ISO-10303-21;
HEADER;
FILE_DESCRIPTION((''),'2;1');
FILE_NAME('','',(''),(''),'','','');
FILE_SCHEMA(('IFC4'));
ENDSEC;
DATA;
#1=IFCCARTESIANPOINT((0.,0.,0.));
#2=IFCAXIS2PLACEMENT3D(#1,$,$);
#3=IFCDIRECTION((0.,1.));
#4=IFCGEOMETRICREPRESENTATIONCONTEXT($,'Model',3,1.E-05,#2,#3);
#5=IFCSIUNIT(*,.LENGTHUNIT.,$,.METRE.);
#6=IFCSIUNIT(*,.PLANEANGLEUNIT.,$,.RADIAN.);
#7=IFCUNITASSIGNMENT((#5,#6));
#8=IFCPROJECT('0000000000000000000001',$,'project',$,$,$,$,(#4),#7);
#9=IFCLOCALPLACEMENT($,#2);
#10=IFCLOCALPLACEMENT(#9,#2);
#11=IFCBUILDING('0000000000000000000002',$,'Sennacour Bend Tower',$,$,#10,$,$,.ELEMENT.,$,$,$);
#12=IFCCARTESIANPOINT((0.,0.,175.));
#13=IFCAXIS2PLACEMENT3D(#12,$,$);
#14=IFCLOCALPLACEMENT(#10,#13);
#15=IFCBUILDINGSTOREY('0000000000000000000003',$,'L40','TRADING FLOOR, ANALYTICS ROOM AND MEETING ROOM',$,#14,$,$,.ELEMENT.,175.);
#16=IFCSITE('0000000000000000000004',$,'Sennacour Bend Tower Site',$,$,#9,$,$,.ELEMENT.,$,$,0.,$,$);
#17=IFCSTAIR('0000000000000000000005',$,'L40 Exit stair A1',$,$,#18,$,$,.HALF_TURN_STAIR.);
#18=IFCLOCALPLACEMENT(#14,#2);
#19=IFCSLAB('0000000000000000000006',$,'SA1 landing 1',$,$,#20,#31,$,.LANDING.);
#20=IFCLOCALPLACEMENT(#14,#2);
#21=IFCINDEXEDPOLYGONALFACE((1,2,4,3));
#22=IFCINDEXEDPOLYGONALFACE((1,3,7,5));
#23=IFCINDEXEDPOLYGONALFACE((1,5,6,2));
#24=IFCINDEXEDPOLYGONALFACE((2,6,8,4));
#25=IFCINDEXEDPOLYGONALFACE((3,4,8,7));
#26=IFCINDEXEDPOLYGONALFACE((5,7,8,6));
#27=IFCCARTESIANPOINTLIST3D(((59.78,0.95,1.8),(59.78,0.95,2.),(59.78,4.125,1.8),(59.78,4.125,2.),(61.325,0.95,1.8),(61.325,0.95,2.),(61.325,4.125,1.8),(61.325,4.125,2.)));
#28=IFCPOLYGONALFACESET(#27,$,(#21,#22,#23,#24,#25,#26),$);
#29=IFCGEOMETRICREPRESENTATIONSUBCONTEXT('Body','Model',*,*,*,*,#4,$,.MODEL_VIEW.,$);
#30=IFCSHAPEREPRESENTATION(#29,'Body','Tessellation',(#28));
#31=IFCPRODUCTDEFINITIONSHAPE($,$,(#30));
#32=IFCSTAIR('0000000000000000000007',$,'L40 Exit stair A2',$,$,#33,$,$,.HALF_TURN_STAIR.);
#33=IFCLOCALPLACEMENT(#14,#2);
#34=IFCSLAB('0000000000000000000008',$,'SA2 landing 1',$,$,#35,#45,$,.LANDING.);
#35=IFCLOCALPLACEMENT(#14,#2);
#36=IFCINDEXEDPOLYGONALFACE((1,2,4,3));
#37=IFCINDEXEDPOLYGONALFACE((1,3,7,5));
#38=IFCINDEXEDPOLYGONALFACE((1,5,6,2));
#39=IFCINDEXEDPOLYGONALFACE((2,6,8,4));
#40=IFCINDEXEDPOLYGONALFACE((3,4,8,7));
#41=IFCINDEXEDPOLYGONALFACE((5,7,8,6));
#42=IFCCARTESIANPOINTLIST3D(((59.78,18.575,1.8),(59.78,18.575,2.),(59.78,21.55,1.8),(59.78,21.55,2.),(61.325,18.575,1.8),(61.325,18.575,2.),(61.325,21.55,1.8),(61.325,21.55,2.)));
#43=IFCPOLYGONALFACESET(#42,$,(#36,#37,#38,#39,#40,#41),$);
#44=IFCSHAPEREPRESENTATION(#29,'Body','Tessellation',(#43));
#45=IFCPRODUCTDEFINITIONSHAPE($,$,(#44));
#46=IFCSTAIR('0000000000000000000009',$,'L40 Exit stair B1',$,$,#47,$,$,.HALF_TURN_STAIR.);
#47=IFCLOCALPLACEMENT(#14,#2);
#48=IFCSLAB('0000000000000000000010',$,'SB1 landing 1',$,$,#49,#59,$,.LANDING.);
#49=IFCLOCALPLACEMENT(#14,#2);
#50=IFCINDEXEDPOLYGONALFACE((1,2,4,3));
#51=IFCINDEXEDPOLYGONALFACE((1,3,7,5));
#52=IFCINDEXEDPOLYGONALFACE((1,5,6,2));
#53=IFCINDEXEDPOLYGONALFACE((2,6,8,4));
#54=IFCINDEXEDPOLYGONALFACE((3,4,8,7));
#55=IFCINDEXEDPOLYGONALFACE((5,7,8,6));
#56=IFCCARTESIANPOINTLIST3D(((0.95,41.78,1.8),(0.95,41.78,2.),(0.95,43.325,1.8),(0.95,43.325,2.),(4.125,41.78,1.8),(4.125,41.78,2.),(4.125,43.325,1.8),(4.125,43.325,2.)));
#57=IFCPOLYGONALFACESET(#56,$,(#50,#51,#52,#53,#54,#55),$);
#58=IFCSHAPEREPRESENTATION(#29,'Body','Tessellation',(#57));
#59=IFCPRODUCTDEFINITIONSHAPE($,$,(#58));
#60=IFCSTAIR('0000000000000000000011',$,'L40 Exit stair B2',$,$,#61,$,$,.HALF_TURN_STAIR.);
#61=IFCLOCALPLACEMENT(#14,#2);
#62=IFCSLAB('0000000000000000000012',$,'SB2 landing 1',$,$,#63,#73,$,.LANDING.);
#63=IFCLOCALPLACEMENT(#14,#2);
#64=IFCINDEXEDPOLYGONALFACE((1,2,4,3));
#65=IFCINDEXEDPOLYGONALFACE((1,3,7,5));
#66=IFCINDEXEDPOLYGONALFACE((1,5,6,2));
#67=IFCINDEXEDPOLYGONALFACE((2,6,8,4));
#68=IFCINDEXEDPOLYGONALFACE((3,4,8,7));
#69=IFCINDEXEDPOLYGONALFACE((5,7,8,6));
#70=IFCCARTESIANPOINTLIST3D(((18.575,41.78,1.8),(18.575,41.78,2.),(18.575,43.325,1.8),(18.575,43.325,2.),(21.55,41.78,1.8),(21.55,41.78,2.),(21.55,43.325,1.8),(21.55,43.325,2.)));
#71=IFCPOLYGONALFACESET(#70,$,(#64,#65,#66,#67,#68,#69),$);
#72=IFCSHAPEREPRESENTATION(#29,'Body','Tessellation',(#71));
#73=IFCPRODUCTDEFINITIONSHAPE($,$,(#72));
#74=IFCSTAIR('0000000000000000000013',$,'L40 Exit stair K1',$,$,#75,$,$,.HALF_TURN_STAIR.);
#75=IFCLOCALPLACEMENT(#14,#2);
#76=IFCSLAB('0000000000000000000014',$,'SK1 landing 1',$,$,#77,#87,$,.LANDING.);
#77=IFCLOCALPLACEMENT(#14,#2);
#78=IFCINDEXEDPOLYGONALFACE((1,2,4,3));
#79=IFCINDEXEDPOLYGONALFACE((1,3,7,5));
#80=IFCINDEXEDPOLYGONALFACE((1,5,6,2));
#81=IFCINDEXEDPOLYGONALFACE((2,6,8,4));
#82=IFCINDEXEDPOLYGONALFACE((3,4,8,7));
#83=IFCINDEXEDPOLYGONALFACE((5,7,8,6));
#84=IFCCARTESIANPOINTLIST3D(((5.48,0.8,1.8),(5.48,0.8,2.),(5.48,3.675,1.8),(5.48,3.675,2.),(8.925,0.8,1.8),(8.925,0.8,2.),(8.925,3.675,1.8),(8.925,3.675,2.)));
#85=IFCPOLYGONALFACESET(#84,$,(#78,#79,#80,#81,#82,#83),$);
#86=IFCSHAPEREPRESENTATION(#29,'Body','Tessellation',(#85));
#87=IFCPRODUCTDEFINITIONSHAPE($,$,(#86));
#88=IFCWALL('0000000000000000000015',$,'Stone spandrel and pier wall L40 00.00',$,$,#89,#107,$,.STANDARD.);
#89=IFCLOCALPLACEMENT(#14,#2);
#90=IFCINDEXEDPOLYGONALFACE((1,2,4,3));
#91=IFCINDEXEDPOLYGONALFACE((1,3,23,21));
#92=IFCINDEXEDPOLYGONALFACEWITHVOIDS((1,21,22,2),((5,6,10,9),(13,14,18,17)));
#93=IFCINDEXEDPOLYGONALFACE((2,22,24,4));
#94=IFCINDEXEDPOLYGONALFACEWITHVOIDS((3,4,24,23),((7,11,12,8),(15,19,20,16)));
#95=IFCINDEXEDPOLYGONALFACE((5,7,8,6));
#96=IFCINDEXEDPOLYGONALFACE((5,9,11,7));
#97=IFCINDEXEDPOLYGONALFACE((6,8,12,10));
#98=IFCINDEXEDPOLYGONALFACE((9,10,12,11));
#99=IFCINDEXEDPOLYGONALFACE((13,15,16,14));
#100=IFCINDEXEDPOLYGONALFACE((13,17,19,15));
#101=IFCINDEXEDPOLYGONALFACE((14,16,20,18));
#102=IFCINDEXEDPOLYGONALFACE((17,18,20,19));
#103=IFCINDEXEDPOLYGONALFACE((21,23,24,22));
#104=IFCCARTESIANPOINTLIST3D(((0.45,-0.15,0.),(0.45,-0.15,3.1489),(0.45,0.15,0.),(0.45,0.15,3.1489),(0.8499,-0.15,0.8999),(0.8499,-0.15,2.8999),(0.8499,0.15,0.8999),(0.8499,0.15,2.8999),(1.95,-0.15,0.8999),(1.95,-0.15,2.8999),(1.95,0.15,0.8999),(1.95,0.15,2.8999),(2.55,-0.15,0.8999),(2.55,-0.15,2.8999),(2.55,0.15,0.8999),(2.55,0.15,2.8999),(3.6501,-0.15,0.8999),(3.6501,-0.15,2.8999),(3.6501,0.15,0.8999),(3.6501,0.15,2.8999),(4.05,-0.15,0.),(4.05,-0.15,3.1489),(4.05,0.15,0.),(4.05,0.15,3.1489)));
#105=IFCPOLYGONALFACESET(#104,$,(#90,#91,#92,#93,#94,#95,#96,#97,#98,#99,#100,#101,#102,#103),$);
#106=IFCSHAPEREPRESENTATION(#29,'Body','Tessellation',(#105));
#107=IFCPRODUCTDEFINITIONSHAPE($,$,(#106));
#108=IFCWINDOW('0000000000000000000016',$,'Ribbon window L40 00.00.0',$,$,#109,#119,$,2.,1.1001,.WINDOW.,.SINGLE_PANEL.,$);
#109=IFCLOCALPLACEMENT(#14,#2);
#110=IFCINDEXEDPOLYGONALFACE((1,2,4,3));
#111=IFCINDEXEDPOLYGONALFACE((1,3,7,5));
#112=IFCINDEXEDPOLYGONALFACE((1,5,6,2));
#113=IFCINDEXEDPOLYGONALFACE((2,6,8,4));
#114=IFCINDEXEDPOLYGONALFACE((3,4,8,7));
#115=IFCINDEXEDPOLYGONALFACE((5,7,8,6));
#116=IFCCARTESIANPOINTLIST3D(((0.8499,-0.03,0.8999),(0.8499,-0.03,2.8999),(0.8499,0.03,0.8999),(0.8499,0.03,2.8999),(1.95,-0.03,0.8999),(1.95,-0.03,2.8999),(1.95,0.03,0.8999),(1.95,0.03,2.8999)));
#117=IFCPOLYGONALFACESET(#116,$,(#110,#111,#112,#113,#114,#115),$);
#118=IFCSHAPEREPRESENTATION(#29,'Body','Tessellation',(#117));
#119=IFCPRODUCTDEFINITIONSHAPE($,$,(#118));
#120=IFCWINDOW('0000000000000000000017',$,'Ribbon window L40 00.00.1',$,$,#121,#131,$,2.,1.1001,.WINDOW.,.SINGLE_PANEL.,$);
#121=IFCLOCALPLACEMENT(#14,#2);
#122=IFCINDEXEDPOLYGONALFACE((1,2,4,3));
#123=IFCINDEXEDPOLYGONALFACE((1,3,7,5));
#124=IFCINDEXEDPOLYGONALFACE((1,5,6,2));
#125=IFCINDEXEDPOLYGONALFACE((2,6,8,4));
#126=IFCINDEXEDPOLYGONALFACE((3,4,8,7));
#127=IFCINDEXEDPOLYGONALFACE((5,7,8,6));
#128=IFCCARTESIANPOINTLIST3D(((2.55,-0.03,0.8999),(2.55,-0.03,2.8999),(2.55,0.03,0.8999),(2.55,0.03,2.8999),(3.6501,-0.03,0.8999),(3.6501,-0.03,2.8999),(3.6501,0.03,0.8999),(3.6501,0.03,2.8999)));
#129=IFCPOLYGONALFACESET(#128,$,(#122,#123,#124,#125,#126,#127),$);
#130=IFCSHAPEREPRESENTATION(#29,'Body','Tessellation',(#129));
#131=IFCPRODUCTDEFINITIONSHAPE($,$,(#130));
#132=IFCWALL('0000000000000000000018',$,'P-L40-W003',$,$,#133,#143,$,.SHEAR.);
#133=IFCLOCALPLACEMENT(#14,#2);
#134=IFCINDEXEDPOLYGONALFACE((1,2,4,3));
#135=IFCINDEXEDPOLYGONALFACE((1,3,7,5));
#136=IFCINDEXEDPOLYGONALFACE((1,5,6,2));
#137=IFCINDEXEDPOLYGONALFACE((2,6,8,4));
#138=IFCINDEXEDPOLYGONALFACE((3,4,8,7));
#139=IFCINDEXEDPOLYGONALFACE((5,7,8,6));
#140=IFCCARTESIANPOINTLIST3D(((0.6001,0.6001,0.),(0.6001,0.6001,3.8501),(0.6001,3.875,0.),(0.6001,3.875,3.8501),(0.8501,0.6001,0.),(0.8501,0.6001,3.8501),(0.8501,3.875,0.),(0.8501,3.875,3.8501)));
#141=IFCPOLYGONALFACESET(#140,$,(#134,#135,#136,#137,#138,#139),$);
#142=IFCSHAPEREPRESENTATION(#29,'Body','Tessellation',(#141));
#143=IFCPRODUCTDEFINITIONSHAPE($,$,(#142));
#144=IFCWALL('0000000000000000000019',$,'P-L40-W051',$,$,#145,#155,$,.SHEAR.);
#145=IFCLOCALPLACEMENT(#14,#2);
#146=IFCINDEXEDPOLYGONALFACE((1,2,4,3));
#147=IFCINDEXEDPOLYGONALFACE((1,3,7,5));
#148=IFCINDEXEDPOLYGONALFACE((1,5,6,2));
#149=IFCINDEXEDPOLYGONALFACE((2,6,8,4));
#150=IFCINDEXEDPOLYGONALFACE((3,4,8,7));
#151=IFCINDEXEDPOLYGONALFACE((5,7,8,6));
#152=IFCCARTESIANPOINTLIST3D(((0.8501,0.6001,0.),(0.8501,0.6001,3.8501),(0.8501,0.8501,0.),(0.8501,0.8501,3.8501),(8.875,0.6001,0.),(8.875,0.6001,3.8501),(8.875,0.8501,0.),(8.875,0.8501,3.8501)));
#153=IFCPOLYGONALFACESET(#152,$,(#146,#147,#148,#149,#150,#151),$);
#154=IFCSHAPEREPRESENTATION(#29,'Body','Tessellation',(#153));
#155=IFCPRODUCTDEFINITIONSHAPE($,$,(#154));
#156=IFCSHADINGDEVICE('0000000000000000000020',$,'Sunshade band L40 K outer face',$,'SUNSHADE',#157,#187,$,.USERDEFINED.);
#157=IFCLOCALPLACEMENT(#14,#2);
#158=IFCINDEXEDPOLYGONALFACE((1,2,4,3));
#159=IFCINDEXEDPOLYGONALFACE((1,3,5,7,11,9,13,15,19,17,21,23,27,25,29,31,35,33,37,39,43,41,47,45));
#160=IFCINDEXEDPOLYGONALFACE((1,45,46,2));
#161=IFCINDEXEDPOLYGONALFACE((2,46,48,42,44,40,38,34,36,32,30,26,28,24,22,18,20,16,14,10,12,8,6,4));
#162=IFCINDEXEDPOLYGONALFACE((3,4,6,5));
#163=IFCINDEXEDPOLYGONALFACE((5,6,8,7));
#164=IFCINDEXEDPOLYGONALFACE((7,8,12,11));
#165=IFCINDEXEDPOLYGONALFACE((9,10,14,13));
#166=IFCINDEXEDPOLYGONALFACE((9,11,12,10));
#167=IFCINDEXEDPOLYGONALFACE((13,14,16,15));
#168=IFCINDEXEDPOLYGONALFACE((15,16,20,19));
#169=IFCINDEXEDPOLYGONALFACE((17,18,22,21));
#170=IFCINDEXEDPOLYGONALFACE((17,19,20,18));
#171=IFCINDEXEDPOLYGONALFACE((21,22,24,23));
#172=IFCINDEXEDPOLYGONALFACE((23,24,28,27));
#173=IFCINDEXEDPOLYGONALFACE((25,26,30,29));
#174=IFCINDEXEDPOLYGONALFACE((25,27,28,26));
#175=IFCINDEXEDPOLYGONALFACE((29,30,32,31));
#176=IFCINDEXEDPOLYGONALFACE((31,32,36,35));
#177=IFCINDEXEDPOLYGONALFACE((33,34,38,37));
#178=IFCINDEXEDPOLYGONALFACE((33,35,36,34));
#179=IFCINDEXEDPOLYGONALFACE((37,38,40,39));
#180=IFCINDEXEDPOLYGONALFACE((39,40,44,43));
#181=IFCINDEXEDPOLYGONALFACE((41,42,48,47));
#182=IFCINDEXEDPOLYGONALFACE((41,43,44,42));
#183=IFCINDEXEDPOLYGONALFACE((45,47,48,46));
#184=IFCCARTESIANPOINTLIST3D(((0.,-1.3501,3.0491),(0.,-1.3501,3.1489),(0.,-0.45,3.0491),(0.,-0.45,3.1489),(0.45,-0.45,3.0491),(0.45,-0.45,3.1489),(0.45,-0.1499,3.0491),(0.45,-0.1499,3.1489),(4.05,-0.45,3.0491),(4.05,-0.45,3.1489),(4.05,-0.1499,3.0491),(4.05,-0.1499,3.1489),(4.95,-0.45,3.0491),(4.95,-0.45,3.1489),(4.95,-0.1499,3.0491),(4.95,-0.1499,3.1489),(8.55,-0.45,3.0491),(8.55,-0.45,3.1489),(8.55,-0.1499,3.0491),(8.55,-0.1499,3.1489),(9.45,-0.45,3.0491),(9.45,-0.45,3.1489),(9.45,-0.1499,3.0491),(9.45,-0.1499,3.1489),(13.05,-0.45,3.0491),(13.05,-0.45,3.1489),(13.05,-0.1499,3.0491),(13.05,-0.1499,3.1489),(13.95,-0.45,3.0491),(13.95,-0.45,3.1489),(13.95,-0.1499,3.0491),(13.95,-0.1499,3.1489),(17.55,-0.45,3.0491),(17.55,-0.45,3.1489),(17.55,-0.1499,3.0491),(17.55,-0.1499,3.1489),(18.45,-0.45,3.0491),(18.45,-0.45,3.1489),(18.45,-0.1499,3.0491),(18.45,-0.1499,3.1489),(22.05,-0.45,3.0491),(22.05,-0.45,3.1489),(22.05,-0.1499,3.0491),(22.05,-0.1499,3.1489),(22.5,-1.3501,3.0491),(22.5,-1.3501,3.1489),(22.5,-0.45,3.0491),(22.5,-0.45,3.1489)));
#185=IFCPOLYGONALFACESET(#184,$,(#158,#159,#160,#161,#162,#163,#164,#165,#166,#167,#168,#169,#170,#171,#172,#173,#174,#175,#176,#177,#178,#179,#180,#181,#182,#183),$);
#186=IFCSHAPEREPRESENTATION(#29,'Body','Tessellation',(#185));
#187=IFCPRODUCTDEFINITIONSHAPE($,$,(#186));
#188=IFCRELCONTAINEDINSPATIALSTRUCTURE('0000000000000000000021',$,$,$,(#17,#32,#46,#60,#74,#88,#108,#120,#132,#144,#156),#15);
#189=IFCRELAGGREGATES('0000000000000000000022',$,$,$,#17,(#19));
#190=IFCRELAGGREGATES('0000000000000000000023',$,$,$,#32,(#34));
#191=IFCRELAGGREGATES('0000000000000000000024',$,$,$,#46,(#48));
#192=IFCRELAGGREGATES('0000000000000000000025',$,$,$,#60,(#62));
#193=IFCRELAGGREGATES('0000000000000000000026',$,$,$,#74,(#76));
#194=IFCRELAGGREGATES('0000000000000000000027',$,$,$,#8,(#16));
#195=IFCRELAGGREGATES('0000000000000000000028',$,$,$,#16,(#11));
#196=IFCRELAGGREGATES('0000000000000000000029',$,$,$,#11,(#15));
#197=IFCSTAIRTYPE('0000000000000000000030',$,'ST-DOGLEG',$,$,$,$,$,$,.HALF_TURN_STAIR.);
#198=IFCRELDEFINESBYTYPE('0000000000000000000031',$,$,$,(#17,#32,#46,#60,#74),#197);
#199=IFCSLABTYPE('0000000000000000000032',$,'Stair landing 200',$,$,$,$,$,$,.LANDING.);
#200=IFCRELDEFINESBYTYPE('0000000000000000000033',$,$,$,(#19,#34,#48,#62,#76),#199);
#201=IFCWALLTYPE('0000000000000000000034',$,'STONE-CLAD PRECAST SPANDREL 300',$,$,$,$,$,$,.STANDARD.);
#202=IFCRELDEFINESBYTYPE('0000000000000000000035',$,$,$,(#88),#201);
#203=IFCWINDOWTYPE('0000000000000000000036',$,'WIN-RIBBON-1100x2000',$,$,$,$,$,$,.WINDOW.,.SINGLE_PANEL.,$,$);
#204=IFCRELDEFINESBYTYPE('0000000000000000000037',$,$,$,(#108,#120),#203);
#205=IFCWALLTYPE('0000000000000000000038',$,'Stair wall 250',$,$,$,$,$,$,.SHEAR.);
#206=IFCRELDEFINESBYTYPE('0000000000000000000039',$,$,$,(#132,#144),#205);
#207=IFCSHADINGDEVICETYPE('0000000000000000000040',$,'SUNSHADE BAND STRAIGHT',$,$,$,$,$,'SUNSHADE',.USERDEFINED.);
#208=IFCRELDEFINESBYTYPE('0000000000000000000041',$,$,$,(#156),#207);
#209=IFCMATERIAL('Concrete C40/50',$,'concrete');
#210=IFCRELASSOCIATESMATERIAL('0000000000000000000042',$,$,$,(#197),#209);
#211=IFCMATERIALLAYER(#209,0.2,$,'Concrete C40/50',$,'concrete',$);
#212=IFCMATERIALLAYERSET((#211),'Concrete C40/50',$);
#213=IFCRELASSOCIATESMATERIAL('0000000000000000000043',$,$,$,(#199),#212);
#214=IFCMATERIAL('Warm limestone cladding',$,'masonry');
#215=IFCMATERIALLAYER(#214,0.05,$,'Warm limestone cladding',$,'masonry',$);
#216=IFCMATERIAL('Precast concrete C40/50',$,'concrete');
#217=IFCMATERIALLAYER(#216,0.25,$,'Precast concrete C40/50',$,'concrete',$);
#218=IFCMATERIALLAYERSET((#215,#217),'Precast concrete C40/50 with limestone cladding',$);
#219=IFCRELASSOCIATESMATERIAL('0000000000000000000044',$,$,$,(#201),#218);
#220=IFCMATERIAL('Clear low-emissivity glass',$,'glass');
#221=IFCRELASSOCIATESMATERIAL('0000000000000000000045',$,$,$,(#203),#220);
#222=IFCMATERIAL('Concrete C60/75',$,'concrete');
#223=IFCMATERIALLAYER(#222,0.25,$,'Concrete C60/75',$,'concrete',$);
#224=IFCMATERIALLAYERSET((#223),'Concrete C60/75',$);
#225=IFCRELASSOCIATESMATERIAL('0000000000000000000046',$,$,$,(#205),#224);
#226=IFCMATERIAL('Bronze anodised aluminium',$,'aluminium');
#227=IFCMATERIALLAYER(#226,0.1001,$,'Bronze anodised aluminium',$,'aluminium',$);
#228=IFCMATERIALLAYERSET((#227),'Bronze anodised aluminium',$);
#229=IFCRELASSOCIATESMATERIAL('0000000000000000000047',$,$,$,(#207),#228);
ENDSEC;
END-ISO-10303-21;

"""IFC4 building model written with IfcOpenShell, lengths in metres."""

from ifc_helpers import new_model, si_unit, direction, frame, frame_2d, origin, place, context, subcontext, project, spatial, polyline, rectangle, outline, extrude, material, layer, layer_set, type_object, element, fill, aggregate, save


model = new_model("IFC4")

# Units and contexts
model_context = context("Model", 3, precision=1e-05, world=origin(), true_north=direction((0.0, 1.0)))
body_context = subcontext(model_context, "Body", "Model", "MODEL_VIEW")
ifc_project = project(units=[si_unit("LENGTHUNIT", "METRE"), si_unit("PLANEANGLEUNIT", "RADIAN")], contexts=[model_context])

# Site, building, storey
site_placement = place(None, origin())
site = spatial("IfcSite", under=ifc_project, at=site_placement, Name="Sennacour Bend Tower Site", CompositionType="ELEMENT", RefElevation=0.0)
building_placement = place(site_placement, origin())
building = spatial("IfcBuilding", under=site, at=building_placement, Name="Sennacour Bend Tower", CompositionType="ELEMENT")
storey_placement = place(building_placement, frame((0.0, 0.0, 175.0)))
storey = spatial("IfcBuildingStorey", under=building, at=storey_placement, Name="L40", Description="TRADING FLOOR, ANALYTICS ROOM AND MEETING ROOM", CompositionType="ELEMENT", Elevation=175.0)

# Shared definitions
ifc_material_1 = material(Name="Concrete C40/50", Category="concrete")

# Stairs, slabs
stair_type = type_object("IfcStairType", Name="ST-DOGLEG", PredefinedType="HALF_TURN_STAIR", material=ifc_material_1)
stair_1_placement = place(storey_placement, origin())
stair_1 = element("IfcStair", 1, at=stair_1_placement, inside=storey, type_object=stair_type, Name="L40 Exit stair A1", PredefinedType="HALF_TURN_STAIR")
ifc_layer_1 = layer(ifc_material_1, 0.2, Name="Concrete C40/50", Category="concrete")
ifc_layer_set_1 = layer_set([ifc_layer_1], Name="Concrete C40/50")
slab_type_1 = type_object("IfcSlabType", Name="Stair landing 200", PredefinedType="LANDING", material=ifc_layer_set_1)
slab_1_placement = place(storey_placement, frame((0.0, 0.0, 1.8)))
slab_1 = element("IfcSlab", 2, at=slab_1_placement, type_object=slab_type_1, Name="SA1 landing 1", PredefinedType="LANDING", context=body_context, shape_type="SweptSolid", body=[
    extrude(outline(polyline([(59.78, 0.95), (61.325, 0.95), (61.325, 4.125), (59.78, 4.125), (59.78, 0.95)])), origin(), (0.0, 0.0, 1.0), 0.2),
])
aggregate(stair_1, [slab_1])
stair_2_placement = place(storey_placement, origin())
stair_2 = element("IfcStair", 3, at=stair_2_placement, inside=storey, type_object=stair_type, Name="L40 Exit stair A2", PredefinedType="HALF_TURN_STAIR")
slab_2_placement = place(storey_placement, frame((0.0, 0.0, 1.8)))
slab_2 = element("IfcSlab", 4, at=slab_2_placement, type_object=slab_type_1, Name="SA2 landing 1", PredefinedType="LANDING", context=body_context, shape_type="SweptSolid", body=[
    extrude(outline(polyline([(59.78, 18.575), (61.325, 18.575), (61.325, 21.55), (59.78, 21.55), (59.78, 18.575)])), origin(), (0.0, 0.0, 1.0), 0.2),
])
aggregate(stair_2, [slab_2])
stair_3_placement = place(storey_placement, origin())
stair_3 = element("IfcStair", 5, at=stair_3_placement, inside=storey, type_object=stair_type, Name="L40 Exit stair B1", PredefinedType="HALF_TURN_STAIR")
slab_3_placement = place(storey_placement, frame((0.0, 0.0, 1.8)))
slab_3 = element("IfcSlab", 6, at=slab_3_placement, type_object=slab_type_1, Name="SB1 landing 1", PredefinedType="LANDING", context=body_context, shape_type="SweptSolid", body=[
    extrude(outline(polyline([(0.95, 41.78), (4.125, 41.78), (4.125, 43.325), (0.95, 43.325), (0.95, 41.78)])), origin(), (0.0, 0.0, 1.0), 0.2),
])
aggregate(stair_3, [slab_3])
stair_4_placement = place(storey_placement, origin())
stair_4 = element("IfcStair", 7, at=stair_4_placement, inside=storey, type_object=stair_type, Name="L40 Exit stair B2", PredefinedType="HALF_TURN_STAIR")
slab_4_placement = place(storey_placement, frame((0.0, 0.0, 1.8)))
slab_4 = element("IfcSlab", 8, at=slab_4_placement, type_object=slab_type_1, Name="SB2 landing 1", PredefinedType="LANDING", context=body_context, shape_type="SweptSolid", body=[
    extrude(outline(polyline([(18.575, 41.78), (21.55, 41.78), (21.55, 43.325), (18.575, 43.325), (18.575, 41.78)])), origin(), (0.0, 0.0, 1.0), 0.2),
])
aggregate(stair_4, [slab_4])
stair_5_placement = place(storey_placement, origin())
stair_5 = element("IfcStair", 9, at=stair_5_placement, inside=storey, type_object=stair_type, Name="L40 Exit stair K1", PredefinedType="HALF_TURN_STAIR")
slab_5_placement = place(storey_placement, frame((0.0, 0.0, 1.8)))
slab_5 = element("IfcSlab", 10, at=slab_5_placement, type_object=slab_type_1, Name="SK1 landing 1", PredefinedType="LANDING", context=body_context, shape_type="SweptSolid", body=[
    extrude(outline(polyline([(5.48, 0.8), (8.925, 0.8), (8.925, 3.675), (5.48, 3.675), (5.48, 0.8)])), origin(), (0.0, 0.0, 1.0), 0.2),
])
aggregate(stair_5, [slab_5])

# Wall, openings, windows
ifc_material_2 = material(Name="Warm limestone cladding", Category="masonry")
ifc_layer_2 = layer(ifc_material_2, 0.05, Name="Warm limestone cladding", Category="masonry")
ifc_material_3 = material(Name="Precast concrete C40/50", Category="concrete")
ifc_layer_3 = layer(ifc_material_3, 0.25, Name="Precast concrete C40/50", Category="concrete")
ifc_layer_set_2 = layer_set([ifc_layer_2, ifc_layer_3], Name="Precast concrete C40/50 with limestone cladding")
wall_type_1 = type_object("IfcWallType", Name="STONE-CLAD PRECAST SPANDREL 300", PredefinedType="STANDARD", material=ifc_layer_set_2)
wall_1_placement = place(storey_placement, frame((0.45, 0.0, 0.0), z_axis=(0.0, 0.0, 1.0), x_axis=(1.0, 0.0, 0.0)))
wall_1 = element("IfcWall", 11, at=wall_1_placement, inside=storey, type_object=wall_type_1, Name="Stone spandrel and pier wall L40 00.00", PredefinedType="STANDARD", context=body_context, shape_type="SweptSolid", body=[
    extrude(rectangle(XDim=3.6001, YDim=0.3, at=frame_2d((1.8, 0.0))), origin(), (0.0, 0.0, 1.0), 3.1489),
])
opening_1_placement = place(wall_1_placement, frame((0.3999, 0.0, 0.8999)))
opening_1 = element("IfcOpeningElement", 12, at=opening_1_placement, cuts=wall_1, PredefinedType="OPENING", context=body_context, shape_type="SweptSolid", body=[
    extrude(rectangle(XDim=1.1001, YDim=2.0, at=frame_2d((0.55, 1.0))), frame((0.0, 0.1602, 0.0), z_axis=(0.0, -1.0, 0.0), x_axis=(1.0, 0.0, 0.0)), (0.0, 0.0, 1.0), 0.3201),
])
opening_2_placement = place(wall_1_placement, frame((2.1001, 0.0, 0.8999)))
opening_2 = element("IfcOpeningElement", 13, at=opening_2_placement, cuts=wall_1, PredefinedType="OPENING", context=body_context, shape_type="SweptSolid", body=[
    extrude(rectangle(XDim=1.1001, YDim=2.0, at=frame_2d((0.55, 1.0))), frame((0.0, 0.1602, 0.0), z_axis=(0.0, -1.0, 0.0), x_axis=(1.0, 0.0, 0.0)), (0.0, 0.0, 1.0), 0.3201),
])
ifc_material_4 = material(Name="Clear low-emissivity glass", Category="glass")
window_type = type_object("IfcWindowType", Name="WIN-RIBBON-1100x2000", PartitioningType="SINGLE_PANEL", PredefinedType="WINDOW", material=ifc_material_4)
window_1_placement = place(opening_1_placement, origin())
window_1 = element("IfcWindow", 14, at=window_1_placement, inside=storey, type_object=window_type, Name="Ribbon window L40 00.00.0", OverallHeight=2.0, OverallWidth=1.1001, PartitioningType="SINGLE_PANEL", PredefinedType="WINDOW", context=body_context, shape_type="SweptSolid", body=[
    extrude(rectangle(XDim=1.1001, YDim=2.0, at=frame_2d((0.55, 1.0))), frame((0.0, 0.03, 0.0), z_axis=(0.0, -1.0, 0.0), x_axis=(1.0, 0.0, 0.0)), (0.0, 0.0, 1.0), 0.0601),
])
fill(opening_1, window_1)
window_2_placement = place(opening_2_placement, origin())
window_2 = element("IfcWindow", 15, at=window_2_placement, inside=storey, type_object=window_type, Name="Ribbon window L40 00.00.1", OverallHeight=2.0, OverallWidth=1.1001, PartitioningType="SINGLE_PANEL", PredefinedType="WINDOW", context=body_context, shape_type="SweptSolid", body=[
    extrude(rectangle(XDim=1.1001, YDim=2.0, at=frame_2d((0.55, 1.0))), frame((0.0, 0.03, 0.0), z_axis=(0.0, -1.0, 0.0), x_axis=(1.0, 0.0, 0.0)), (0.0, 0.0, 1.0), 0.0601),
])
fill(opening_2, window_2)

# Walls
ifc_material_5 = material(Name="Concrete C60/75", Category="concrete")
ifc_layer_4 = layer(ifc_material_5, 0.25, Name="Concrete C60/75", Category="concrete")
ifc_layer_set_3 = layer_set([ifc_layer_4], Name="Concrete C60/75")
wall_type_2 = type_object("IfcWallType", Name="Stair wall 250", PredefinedType="SHEAR", material=ifc_layer_set_3)
wall_2_placement = place(storey_placement, frame((0.7251, 0.6001, 0.0), z_axis=(0.0, 0.0, 1.0), x_axis=(0.0, 1.0, 0.0)))
element("IfcWall", 16, at=wall_2_placement, inside=storey, type_object=wall_type_2, Name="P-L40-W003", PredefinedType="SHEAR", context=body_context, shape_type="SweptSolid", body=[
    extrude(rectangle(XDim=3.2749, YDim=0.25, at=frame_2d((1.6375, 0.0))), origin(), (0.0, 0.0, 1.0), 3.8501),
])
wall_3_placement = place(storey_placement, frame((0.8501, 0.7251, 0.0), z_axis=(0.0, 0.0, 1.0), x_axis=(1.0, 0.0, 0.0)))
element("IfcWall", 17, at=wall_3_placement, inside=storey, type_object=wall_type_2, Name="P-L40-W051", PredefinedType="SHEAR", context=body_context, shape_type="SweptSolid", body=[
    extrude(rectangle(XDim=8.0249, YDim=0.25, at=frame_2d((4.0125, 0.0))), origin(), (0.0, 0.0, 1.0), 3.8501),
])

# Shading device
ifc_material_6 = material(Name="Bronze anodised aluminium", Category="aluminium")
ifc_layer_5 = layer(ifc_material_6, 0.1001, Name="Bronze anodised aluminium", Category="aluminium")
ifc_layer_set_4 = layer_set([ifc_layer_5], Name="Bronze anodised aluminium")
shading_device_type_1 = type_object("IfcShadingDeviceType", Name="SUNSHADE BAND STRAIGHT", ElementType="SUNSHADE", PredefinedType="USERDEFINED", material=ifc_layer_set_4)
shading_device_1_placement = place(storey_placement, frame((0.0, 0.0, 3.0491)))
element("IfcShadingDevice", 18, at=shading_device_1_placement, inside=storey, type_object=shading_device_type_1, Name="Sunshade band L40 K outer face", ObjectType="SUNSHADE", PredefinedType="USERDEFINED", context=body_context, shape_type="SweptSolid", body=[
    extrude(outline(polyline([(4.05, -0.1499), (4.05, -0.45), (4.95, -0.45), (4.95, -0.1499), (8.55, -0.1499), (8.55, -0.45), (9.45, -0.45), (9.45, -0.1499), (13.05, -0.1499), (13.05, -0.45), (13.95, -0.45), (13.95, -0.1499), (17.55, -0.1499), (17.55, -0.45), (18.45, -0.45), (18.45, -0.1499), (22.05, -0.1499), (22.05, -0.45), (22.5, -0.45), (22.5, -1.3501), (0.0, -1.3501), (0.0, -0.45), (0.45, -0.45), (0.45, -0.1499), (4.05, -0.1499)])), origin(), (0.0, 0.0, 1.0), 0.0999),
])

save(model, "model.ifc")
